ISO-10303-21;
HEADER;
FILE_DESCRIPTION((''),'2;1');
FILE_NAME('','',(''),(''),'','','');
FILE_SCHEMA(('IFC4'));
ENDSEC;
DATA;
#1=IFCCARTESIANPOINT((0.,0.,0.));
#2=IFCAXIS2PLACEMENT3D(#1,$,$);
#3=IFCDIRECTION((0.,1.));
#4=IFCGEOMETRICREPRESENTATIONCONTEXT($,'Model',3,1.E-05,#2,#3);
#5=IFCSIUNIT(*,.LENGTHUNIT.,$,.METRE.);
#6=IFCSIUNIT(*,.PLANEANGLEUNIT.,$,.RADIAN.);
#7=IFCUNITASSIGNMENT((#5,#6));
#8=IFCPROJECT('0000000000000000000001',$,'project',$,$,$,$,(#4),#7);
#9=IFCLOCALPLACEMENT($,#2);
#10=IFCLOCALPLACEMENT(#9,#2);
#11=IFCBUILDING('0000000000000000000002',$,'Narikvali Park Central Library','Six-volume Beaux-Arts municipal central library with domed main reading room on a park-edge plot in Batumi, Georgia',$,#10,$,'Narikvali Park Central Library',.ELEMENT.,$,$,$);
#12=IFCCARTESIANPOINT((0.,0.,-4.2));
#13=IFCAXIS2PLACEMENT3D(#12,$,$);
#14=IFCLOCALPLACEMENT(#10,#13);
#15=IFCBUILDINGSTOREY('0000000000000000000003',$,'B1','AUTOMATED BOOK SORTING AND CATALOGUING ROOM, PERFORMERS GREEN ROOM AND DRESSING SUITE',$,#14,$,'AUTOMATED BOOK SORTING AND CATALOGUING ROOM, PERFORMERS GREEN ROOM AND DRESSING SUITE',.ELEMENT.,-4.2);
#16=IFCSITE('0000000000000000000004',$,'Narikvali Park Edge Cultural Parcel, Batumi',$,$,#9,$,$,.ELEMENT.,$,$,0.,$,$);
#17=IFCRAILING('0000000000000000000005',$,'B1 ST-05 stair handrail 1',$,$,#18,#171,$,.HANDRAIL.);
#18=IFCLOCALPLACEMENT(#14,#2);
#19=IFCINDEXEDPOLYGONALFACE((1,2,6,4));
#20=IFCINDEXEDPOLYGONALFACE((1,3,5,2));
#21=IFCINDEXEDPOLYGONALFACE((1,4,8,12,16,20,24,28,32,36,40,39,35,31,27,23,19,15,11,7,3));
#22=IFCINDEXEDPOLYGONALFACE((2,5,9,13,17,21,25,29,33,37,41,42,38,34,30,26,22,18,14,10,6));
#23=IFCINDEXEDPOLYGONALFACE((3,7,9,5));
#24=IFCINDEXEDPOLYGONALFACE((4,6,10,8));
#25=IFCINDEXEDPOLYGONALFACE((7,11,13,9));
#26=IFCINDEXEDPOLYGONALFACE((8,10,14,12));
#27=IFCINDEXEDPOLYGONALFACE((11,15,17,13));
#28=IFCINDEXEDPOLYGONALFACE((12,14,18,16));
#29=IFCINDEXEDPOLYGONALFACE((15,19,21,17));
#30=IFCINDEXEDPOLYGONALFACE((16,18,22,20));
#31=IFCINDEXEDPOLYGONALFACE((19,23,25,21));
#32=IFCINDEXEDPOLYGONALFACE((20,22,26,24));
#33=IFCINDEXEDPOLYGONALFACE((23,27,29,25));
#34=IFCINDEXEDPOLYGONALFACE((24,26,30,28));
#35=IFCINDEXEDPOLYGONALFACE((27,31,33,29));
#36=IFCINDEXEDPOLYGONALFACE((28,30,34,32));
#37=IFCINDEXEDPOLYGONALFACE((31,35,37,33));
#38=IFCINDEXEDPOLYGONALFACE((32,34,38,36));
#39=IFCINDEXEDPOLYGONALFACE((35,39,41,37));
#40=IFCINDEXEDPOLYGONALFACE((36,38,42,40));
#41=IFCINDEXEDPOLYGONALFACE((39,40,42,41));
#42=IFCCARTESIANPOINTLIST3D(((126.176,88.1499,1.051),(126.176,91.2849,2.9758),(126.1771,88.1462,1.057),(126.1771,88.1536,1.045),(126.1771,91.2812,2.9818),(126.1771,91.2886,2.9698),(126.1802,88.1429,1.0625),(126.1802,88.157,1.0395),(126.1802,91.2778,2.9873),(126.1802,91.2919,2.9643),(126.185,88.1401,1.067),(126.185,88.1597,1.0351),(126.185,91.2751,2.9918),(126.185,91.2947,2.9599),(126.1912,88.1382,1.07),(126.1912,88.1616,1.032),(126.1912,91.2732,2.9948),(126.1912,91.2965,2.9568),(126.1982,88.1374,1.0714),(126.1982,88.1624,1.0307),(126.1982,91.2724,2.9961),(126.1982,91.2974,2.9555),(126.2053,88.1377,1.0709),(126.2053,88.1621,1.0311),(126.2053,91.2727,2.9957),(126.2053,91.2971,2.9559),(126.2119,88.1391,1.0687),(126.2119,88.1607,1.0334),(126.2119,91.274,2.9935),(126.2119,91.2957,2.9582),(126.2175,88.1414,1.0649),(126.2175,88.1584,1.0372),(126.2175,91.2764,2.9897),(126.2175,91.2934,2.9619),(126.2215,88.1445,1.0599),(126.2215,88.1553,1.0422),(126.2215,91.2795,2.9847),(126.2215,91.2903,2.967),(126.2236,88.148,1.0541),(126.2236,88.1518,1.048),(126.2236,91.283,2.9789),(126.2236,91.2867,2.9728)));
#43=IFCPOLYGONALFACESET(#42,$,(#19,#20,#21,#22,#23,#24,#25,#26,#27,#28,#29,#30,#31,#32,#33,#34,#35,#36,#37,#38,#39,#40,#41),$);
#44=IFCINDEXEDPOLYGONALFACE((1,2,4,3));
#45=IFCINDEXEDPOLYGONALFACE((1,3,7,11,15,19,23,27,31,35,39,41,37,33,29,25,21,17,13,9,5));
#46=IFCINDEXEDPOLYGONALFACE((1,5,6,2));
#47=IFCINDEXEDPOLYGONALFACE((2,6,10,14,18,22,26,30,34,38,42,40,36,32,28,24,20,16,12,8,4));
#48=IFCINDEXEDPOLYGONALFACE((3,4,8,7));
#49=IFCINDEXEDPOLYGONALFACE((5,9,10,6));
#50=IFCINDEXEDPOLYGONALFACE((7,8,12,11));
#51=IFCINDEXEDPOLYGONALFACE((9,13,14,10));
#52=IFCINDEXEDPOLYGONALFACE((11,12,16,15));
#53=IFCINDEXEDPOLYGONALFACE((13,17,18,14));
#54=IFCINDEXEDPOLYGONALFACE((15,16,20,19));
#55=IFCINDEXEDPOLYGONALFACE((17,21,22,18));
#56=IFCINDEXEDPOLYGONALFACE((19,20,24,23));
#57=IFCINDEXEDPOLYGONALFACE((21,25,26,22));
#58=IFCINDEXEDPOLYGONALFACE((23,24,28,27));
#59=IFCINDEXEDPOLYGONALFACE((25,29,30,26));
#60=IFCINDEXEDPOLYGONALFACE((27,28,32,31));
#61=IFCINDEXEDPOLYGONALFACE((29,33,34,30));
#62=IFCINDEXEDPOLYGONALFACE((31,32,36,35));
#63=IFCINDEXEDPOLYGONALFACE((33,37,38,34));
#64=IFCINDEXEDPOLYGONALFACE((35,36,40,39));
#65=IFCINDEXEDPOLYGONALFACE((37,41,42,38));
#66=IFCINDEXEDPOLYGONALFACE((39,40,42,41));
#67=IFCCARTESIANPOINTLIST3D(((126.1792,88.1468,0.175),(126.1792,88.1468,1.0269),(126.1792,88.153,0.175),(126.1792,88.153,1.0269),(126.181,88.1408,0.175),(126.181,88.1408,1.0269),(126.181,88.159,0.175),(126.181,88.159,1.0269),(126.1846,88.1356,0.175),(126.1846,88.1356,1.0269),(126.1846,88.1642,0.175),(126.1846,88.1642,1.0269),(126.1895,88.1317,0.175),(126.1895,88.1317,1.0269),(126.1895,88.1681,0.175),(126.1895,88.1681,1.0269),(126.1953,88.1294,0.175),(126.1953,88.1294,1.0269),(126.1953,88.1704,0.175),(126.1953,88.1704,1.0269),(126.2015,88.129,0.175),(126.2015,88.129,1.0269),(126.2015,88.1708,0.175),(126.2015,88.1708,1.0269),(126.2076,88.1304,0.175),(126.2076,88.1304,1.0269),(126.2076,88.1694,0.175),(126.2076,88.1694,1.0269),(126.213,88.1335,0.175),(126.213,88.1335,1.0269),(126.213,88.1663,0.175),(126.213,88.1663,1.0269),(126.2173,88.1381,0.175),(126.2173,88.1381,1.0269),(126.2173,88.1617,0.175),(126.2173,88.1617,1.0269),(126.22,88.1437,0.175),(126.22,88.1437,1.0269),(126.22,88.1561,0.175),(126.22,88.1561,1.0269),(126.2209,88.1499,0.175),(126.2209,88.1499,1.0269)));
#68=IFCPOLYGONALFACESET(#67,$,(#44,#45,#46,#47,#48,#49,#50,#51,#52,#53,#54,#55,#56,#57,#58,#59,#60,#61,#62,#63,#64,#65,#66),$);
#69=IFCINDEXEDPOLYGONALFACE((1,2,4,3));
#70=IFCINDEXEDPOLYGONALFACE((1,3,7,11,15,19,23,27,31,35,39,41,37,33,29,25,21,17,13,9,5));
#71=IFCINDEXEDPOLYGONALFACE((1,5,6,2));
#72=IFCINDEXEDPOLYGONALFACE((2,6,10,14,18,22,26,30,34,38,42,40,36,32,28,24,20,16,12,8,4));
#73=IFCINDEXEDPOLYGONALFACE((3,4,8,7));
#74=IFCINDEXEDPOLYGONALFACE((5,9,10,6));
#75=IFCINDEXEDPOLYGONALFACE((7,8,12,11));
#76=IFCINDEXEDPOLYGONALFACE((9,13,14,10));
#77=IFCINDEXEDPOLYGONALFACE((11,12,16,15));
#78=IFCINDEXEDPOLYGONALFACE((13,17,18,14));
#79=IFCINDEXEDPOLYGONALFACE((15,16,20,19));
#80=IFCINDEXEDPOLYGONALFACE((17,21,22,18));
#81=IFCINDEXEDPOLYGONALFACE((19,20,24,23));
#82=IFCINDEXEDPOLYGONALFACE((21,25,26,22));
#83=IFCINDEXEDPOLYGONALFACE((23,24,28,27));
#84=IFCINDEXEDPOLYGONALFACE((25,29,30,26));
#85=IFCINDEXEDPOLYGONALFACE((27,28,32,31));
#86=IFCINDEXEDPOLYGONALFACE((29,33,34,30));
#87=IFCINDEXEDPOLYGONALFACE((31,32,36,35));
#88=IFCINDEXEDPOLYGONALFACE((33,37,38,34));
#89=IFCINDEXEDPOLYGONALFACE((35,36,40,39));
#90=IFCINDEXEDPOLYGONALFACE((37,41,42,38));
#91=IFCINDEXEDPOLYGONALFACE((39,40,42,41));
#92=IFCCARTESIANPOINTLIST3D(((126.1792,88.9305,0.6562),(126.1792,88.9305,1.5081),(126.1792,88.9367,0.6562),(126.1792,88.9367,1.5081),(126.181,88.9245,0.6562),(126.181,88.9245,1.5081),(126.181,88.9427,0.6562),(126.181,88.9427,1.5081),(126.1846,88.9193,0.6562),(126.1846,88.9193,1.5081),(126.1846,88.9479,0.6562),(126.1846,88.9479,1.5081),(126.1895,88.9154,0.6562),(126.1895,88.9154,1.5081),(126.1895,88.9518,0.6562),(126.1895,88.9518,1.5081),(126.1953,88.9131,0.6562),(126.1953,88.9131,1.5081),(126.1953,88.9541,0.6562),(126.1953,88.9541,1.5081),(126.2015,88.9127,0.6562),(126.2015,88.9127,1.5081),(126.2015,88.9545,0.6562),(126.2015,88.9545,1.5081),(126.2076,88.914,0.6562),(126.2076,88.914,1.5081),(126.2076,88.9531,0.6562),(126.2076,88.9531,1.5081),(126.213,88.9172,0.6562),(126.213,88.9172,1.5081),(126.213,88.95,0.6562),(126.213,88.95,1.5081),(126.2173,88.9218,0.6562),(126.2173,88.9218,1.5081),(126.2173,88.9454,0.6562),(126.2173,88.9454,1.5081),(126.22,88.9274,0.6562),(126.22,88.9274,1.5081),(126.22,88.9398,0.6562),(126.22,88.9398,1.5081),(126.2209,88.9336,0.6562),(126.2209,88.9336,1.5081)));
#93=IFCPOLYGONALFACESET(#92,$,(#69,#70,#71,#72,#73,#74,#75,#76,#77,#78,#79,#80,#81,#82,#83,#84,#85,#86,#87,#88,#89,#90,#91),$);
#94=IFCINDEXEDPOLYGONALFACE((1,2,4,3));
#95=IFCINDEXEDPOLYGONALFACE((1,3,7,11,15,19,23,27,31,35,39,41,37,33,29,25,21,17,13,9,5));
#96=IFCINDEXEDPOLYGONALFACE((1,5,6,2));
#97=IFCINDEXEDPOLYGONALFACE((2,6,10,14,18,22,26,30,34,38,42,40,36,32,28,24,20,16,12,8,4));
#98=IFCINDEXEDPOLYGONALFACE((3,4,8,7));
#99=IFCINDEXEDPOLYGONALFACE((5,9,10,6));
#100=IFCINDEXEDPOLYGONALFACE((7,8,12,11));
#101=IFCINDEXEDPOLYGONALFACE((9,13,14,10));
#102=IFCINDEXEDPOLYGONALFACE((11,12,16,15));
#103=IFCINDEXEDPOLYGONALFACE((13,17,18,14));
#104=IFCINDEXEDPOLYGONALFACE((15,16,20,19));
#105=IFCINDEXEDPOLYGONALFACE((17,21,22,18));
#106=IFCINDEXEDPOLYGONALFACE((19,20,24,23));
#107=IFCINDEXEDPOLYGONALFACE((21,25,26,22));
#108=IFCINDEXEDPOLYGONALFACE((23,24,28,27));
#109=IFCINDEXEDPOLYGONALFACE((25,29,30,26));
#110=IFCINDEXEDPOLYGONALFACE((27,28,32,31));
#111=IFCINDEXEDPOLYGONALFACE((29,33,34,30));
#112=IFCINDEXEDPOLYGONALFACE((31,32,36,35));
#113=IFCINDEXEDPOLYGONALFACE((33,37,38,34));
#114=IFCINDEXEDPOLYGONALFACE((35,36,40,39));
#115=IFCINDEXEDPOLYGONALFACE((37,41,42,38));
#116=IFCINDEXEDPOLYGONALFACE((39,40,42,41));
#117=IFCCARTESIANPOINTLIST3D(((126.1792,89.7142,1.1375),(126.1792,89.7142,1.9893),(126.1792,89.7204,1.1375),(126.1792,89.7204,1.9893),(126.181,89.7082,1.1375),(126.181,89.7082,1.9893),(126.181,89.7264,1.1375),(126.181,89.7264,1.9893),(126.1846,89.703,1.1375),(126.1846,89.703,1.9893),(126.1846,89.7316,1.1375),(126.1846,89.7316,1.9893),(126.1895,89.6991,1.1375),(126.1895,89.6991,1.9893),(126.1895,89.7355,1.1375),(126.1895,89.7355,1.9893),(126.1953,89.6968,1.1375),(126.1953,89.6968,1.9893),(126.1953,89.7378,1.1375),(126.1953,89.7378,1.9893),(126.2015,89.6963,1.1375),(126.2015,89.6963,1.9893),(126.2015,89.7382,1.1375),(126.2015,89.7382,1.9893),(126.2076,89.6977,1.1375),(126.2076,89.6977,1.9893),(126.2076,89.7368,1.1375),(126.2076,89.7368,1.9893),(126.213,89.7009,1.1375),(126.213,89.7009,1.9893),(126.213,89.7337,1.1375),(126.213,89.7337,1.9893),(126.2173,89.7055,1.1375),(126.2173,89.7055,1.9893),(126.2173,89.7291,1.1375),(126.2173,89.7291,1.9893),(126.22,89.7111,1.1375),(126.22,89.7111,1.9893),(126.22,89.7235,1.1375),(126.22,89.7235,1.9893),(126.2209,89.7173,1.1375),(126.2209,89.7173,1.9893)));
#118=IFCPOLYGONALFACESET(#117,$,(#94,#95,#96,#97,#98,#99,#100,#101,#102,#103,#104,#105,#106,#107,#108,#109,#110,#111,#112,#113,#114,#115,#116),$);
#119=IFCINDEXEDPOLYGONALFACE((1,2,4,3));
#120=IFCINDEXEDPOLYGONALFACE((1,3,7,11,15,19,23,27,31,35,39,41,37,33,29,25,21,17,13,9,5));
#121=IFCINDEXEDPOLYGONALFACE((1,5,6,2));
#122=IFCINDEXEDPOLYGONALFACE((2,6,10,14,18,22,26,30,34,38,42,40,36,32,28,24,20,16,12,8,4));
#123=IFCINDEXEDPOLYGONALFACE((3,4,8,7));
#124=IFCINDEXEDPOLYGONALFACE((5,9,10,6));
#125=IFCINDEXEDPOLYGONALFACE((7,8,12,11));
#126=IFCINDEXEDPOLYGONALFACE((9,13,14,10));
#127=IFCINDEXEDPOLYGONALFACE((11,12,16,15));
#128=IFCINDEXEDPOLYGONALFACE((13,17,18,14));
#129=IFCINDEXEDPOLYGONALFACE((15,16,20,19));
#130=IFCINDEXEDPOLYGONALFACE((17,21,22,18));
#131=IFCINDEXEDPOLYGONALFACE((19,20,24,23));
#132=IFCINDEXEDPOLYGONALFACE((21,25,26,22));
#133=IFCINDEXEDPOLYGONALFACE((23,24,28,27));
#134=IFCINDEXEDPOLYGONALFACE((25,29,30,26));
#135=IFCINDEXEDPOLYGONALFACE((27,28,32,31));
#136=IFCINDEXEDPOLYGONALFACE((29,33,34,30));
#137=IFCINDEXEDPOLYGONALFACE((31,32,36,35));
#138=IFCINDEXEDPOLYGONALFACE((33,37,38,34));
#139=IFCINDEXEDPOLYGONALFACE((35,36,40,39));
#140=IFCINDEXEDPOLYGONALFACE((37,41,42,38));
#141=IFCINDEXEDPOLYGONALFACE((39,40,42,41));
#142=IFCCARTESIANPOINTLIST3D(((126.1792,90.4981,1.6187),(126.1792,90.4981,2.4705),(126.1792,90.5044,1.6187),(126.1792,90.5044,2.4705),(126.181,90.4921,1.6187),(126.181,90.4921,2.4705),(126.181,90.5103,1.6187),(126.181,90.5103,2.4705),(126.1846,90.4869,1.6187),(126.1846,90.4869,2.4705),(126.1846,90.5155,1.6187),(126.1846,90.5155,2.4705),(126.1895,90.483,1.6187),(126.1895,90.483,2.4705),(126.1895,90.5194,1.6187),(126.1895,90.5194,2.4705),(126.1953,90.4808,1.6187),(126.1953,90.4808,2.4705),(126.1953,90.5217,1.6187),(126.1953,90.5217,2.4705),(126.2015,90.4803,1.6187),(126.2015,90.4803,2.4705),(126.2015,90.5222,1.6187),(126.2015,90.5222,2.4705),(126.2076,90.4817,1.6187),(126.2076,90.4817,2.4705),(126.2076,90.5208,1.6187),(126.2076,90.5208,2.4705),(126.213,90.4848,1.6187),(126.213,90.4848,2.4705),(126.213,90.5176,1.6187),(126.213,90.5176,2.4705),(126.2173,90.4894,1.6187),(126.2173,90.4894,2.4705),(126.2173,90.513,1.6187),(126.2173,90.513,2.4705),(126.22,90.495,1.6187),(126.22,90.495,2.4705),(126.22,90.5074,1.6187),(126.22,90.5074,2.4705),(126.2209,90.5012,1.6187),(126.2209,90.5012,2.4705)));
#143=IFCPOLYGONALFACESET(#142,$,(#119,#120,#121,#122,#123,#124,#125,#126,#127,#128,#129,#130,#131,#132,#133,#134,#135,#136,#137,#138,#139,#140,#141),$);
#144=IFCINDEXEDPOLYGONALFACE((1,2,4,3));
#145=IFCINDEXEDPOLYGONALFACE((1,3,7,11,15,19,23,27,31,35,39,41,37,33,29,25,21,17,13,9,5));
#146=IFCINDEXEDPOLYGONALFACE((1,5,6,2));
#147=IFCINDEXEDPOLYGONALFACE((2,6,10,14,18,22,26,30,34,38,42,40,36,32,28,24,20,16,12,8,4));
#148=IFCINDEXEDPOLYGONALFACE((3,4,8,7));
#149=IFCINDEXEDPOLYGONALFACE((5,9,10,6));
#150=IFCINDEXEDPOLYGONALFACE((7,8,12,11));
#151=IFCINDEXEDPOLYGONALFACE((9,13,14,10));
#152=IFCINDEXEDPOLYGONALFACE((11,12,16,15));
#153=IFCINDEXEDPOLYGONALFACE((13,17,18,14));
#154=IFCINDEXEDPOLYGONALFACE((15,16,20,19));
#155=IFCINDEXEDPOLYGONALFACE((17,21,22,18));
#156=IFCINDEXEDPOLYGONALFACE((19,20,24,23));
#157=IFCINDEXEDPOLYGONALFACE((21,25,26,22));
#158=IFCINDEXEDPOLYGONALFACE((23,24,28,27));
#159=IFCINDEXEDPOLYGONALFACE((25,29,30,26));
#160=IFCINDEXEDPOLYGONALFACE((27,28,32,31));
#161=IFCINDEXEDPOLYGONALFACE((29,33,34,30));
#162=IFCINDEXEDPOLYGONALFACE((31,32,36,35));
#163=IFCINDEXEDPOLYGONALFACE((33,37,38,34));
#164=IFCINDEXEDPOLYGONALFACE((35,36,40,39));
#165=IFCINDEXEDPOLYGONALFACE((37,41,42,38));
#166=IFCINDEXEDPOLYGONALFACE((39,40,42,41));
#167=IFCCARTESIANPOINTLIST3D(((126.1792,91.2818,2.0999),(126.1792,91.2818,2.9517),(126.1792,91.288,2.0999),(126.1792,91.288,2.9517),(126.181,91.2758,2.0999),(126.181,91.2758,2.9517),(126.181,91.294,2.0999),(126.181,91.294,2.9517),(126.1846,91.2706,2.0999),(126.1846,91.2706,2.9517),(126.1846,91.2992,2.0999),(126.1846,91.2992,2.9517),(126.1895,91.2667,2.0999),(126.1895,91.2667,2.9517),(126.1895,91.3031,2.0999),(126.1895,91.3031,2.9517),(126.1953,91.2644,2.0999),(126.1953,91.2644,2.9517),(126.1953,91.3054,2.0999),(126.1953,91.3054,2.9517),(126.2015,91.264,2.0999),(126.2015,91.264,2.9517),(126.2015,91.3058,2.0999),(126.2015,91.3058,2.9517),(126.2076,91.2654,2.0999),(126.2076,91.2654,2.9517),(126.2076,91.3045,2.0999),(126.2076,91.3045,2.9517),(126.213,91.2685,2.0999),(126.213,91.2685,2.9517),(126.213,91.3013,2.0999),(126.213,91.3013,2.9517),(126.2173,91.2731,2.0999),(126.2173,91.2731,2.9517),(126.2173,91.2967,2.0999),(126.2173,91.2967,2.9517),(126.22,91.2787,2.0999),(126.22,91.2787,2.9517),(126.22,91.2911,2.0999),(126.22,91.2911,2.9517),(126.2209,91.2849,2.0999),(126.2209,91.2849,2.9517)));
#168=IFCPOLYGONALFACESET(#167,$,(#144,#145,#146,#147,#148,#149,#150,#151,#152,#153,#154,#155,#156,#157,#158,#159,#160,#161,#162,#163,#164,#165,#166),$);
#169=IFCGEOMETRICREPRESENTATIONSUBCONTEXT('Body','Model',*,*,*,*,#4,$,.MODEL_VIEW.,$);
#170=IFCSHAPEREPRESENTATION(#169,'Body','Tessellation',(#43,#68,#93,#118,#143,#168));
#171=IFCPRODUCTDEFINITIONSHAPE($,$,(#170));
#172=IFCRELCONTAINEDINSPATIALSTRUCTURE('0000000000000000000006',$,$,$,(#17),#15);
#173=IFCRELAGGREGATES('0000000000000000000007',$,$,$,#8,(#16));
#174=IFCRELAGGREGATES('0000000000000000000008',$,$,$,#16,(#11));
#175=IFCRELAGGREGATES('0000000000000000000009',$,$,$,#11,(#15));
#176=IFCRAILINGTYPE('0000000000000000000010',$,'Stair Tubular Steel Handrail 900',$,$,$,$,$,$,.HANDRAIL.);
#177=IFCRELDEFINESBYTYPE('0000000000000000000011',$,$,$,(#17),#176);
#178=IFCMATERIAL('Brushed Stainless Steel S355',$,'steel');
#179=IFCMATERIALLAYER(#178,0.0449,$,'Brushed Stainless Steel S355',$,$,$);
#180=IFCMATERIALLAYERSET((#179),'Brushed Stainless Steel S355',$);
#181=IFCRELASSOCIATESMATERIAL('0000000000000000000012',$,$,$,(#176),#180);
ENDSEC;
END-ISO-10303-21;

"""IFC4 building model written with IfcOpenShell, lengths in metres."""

from ifc_helpers import new_model, si_unit, direction, frame, origin, origin_2d, place, context, subcontext, project, spatial, circle, extrude, material, layer, layer_set, type_object, element, save


model = new_model("IFC4")

# Units and contexts
model_context = context("Model", 3, precision=1e-05, world=origin(), true_north=direction((0.0, 1.0)))
body_context = subcontext(model_context, "Body", "Model", "MODEL_VIEW")
ifc_project = project(units=[si_unit("LENGTHUNIT", "METRE"), si_unit("PLANEANGLEUNIT", "RADIAN")], contexts=[model_context])

# Site, building, storey
site_placement = place(None, origin())
site = spatial("IfcSite", under=ifc_project, at=site_placement, Name="Narikvali Park Edge Cultural Parcel, Batumi", CompositionType="ELEMENT", RefElevation=0.0)
building_placement = place(site_placement, origin())
building = spatial("IfcBuilding", under=site, at=building_placement, Name="Narikvali Park Central Library", Description="Six-volume Beaux-Arts municipal central library with domed main reading room on a park-edge plot in Batumi, Georgia", LongName="Narikvali Park Central Library", CompositionType="ELEMENT")
storey_placement = place(building_placement, frame((0.0, 0.0, -4.2)))
storey = spatial("IfcBuildingStorey", under=building, at=storey_placement, Name="B1", Description="AUTOMATED BOOK SORTING AND CATALOGUING ROOM, PERFORMERS GREEN ROOM AND DRESSING SUITE", LongName="AUTOMATED BOOK SORTING AND CATALOGUING ROOM, PERFORMERS GREEN ROOM AND DRESSING SUITE", CompositionType="ELEMENT", Elevation=-4.2)

# Shared definitions
ifc_material_1 = material(Name="Brushed Stainless Steel S355", Category="steel")

# Railing
ifc_layer_1 = layer(ifc_material_1, 0.0449, Name="Brushed Stainless Steel S355")
ifc_layer_set_1 = layer_set([ifc_layer_1], Name="Brushed Stainless Steel S355")
railing_type_1 = type_object("IfcRailingType", Name="Stair Tubular Steel Handrail 900", PredefinedType="HANDRAIL", material=ifc_layer_set_1)
railing_1_placement = place(storey_placement, frame((126.2, 88.1499, 0.175)))
element("IfcRailing", 1, at=railing_1_placement, inside=storey, type_object=railing_type_1, Name="B1 ST-05 stair handrail 1", PredefinedType="HANDRAIL", context=body_context, shape_type="SweptSolid", body=[
    extrude(circle(Radius=0.0239, at=origin_2d()), frame((0.0, 0.0, 0.876), z_axis=(0.0, 0.852196, 0.523223), x_axis=(-1.0, 0.0, 0.0)), (0.0, 0.0, 1.0), 3.6787),
    extrude(circle(Radius=0.021, at=origin_2d()), origin(), (0.0, 0.0, 1.0), 0.8518),
    extrude(circle(Radius=0.021, at=origin_2d()), frame((0.0, 0.7837, 0.4812)), (0.0, 0.0, 1.0), 0.8518),
    extrude(circle(Radius=0.021, at=origin_2d()), frame((0.0, 1.5674, 0.9624)), (0.0, 0.0, 1.0), 0.8518),
    extrude(circle(Radius=0.021, at=origin_2d()), frame((0.0, 2.3513, 1.4436)), (0.0, 0.0, 1.0), 0.8518),
    extrude(circle(Radius=0.021, at=origin_2d()), frame((0.0, 3.135, 1.9248)), (0.0, 0.0, 1.0), 0.8518),
])

save(model, "model.ifc")
